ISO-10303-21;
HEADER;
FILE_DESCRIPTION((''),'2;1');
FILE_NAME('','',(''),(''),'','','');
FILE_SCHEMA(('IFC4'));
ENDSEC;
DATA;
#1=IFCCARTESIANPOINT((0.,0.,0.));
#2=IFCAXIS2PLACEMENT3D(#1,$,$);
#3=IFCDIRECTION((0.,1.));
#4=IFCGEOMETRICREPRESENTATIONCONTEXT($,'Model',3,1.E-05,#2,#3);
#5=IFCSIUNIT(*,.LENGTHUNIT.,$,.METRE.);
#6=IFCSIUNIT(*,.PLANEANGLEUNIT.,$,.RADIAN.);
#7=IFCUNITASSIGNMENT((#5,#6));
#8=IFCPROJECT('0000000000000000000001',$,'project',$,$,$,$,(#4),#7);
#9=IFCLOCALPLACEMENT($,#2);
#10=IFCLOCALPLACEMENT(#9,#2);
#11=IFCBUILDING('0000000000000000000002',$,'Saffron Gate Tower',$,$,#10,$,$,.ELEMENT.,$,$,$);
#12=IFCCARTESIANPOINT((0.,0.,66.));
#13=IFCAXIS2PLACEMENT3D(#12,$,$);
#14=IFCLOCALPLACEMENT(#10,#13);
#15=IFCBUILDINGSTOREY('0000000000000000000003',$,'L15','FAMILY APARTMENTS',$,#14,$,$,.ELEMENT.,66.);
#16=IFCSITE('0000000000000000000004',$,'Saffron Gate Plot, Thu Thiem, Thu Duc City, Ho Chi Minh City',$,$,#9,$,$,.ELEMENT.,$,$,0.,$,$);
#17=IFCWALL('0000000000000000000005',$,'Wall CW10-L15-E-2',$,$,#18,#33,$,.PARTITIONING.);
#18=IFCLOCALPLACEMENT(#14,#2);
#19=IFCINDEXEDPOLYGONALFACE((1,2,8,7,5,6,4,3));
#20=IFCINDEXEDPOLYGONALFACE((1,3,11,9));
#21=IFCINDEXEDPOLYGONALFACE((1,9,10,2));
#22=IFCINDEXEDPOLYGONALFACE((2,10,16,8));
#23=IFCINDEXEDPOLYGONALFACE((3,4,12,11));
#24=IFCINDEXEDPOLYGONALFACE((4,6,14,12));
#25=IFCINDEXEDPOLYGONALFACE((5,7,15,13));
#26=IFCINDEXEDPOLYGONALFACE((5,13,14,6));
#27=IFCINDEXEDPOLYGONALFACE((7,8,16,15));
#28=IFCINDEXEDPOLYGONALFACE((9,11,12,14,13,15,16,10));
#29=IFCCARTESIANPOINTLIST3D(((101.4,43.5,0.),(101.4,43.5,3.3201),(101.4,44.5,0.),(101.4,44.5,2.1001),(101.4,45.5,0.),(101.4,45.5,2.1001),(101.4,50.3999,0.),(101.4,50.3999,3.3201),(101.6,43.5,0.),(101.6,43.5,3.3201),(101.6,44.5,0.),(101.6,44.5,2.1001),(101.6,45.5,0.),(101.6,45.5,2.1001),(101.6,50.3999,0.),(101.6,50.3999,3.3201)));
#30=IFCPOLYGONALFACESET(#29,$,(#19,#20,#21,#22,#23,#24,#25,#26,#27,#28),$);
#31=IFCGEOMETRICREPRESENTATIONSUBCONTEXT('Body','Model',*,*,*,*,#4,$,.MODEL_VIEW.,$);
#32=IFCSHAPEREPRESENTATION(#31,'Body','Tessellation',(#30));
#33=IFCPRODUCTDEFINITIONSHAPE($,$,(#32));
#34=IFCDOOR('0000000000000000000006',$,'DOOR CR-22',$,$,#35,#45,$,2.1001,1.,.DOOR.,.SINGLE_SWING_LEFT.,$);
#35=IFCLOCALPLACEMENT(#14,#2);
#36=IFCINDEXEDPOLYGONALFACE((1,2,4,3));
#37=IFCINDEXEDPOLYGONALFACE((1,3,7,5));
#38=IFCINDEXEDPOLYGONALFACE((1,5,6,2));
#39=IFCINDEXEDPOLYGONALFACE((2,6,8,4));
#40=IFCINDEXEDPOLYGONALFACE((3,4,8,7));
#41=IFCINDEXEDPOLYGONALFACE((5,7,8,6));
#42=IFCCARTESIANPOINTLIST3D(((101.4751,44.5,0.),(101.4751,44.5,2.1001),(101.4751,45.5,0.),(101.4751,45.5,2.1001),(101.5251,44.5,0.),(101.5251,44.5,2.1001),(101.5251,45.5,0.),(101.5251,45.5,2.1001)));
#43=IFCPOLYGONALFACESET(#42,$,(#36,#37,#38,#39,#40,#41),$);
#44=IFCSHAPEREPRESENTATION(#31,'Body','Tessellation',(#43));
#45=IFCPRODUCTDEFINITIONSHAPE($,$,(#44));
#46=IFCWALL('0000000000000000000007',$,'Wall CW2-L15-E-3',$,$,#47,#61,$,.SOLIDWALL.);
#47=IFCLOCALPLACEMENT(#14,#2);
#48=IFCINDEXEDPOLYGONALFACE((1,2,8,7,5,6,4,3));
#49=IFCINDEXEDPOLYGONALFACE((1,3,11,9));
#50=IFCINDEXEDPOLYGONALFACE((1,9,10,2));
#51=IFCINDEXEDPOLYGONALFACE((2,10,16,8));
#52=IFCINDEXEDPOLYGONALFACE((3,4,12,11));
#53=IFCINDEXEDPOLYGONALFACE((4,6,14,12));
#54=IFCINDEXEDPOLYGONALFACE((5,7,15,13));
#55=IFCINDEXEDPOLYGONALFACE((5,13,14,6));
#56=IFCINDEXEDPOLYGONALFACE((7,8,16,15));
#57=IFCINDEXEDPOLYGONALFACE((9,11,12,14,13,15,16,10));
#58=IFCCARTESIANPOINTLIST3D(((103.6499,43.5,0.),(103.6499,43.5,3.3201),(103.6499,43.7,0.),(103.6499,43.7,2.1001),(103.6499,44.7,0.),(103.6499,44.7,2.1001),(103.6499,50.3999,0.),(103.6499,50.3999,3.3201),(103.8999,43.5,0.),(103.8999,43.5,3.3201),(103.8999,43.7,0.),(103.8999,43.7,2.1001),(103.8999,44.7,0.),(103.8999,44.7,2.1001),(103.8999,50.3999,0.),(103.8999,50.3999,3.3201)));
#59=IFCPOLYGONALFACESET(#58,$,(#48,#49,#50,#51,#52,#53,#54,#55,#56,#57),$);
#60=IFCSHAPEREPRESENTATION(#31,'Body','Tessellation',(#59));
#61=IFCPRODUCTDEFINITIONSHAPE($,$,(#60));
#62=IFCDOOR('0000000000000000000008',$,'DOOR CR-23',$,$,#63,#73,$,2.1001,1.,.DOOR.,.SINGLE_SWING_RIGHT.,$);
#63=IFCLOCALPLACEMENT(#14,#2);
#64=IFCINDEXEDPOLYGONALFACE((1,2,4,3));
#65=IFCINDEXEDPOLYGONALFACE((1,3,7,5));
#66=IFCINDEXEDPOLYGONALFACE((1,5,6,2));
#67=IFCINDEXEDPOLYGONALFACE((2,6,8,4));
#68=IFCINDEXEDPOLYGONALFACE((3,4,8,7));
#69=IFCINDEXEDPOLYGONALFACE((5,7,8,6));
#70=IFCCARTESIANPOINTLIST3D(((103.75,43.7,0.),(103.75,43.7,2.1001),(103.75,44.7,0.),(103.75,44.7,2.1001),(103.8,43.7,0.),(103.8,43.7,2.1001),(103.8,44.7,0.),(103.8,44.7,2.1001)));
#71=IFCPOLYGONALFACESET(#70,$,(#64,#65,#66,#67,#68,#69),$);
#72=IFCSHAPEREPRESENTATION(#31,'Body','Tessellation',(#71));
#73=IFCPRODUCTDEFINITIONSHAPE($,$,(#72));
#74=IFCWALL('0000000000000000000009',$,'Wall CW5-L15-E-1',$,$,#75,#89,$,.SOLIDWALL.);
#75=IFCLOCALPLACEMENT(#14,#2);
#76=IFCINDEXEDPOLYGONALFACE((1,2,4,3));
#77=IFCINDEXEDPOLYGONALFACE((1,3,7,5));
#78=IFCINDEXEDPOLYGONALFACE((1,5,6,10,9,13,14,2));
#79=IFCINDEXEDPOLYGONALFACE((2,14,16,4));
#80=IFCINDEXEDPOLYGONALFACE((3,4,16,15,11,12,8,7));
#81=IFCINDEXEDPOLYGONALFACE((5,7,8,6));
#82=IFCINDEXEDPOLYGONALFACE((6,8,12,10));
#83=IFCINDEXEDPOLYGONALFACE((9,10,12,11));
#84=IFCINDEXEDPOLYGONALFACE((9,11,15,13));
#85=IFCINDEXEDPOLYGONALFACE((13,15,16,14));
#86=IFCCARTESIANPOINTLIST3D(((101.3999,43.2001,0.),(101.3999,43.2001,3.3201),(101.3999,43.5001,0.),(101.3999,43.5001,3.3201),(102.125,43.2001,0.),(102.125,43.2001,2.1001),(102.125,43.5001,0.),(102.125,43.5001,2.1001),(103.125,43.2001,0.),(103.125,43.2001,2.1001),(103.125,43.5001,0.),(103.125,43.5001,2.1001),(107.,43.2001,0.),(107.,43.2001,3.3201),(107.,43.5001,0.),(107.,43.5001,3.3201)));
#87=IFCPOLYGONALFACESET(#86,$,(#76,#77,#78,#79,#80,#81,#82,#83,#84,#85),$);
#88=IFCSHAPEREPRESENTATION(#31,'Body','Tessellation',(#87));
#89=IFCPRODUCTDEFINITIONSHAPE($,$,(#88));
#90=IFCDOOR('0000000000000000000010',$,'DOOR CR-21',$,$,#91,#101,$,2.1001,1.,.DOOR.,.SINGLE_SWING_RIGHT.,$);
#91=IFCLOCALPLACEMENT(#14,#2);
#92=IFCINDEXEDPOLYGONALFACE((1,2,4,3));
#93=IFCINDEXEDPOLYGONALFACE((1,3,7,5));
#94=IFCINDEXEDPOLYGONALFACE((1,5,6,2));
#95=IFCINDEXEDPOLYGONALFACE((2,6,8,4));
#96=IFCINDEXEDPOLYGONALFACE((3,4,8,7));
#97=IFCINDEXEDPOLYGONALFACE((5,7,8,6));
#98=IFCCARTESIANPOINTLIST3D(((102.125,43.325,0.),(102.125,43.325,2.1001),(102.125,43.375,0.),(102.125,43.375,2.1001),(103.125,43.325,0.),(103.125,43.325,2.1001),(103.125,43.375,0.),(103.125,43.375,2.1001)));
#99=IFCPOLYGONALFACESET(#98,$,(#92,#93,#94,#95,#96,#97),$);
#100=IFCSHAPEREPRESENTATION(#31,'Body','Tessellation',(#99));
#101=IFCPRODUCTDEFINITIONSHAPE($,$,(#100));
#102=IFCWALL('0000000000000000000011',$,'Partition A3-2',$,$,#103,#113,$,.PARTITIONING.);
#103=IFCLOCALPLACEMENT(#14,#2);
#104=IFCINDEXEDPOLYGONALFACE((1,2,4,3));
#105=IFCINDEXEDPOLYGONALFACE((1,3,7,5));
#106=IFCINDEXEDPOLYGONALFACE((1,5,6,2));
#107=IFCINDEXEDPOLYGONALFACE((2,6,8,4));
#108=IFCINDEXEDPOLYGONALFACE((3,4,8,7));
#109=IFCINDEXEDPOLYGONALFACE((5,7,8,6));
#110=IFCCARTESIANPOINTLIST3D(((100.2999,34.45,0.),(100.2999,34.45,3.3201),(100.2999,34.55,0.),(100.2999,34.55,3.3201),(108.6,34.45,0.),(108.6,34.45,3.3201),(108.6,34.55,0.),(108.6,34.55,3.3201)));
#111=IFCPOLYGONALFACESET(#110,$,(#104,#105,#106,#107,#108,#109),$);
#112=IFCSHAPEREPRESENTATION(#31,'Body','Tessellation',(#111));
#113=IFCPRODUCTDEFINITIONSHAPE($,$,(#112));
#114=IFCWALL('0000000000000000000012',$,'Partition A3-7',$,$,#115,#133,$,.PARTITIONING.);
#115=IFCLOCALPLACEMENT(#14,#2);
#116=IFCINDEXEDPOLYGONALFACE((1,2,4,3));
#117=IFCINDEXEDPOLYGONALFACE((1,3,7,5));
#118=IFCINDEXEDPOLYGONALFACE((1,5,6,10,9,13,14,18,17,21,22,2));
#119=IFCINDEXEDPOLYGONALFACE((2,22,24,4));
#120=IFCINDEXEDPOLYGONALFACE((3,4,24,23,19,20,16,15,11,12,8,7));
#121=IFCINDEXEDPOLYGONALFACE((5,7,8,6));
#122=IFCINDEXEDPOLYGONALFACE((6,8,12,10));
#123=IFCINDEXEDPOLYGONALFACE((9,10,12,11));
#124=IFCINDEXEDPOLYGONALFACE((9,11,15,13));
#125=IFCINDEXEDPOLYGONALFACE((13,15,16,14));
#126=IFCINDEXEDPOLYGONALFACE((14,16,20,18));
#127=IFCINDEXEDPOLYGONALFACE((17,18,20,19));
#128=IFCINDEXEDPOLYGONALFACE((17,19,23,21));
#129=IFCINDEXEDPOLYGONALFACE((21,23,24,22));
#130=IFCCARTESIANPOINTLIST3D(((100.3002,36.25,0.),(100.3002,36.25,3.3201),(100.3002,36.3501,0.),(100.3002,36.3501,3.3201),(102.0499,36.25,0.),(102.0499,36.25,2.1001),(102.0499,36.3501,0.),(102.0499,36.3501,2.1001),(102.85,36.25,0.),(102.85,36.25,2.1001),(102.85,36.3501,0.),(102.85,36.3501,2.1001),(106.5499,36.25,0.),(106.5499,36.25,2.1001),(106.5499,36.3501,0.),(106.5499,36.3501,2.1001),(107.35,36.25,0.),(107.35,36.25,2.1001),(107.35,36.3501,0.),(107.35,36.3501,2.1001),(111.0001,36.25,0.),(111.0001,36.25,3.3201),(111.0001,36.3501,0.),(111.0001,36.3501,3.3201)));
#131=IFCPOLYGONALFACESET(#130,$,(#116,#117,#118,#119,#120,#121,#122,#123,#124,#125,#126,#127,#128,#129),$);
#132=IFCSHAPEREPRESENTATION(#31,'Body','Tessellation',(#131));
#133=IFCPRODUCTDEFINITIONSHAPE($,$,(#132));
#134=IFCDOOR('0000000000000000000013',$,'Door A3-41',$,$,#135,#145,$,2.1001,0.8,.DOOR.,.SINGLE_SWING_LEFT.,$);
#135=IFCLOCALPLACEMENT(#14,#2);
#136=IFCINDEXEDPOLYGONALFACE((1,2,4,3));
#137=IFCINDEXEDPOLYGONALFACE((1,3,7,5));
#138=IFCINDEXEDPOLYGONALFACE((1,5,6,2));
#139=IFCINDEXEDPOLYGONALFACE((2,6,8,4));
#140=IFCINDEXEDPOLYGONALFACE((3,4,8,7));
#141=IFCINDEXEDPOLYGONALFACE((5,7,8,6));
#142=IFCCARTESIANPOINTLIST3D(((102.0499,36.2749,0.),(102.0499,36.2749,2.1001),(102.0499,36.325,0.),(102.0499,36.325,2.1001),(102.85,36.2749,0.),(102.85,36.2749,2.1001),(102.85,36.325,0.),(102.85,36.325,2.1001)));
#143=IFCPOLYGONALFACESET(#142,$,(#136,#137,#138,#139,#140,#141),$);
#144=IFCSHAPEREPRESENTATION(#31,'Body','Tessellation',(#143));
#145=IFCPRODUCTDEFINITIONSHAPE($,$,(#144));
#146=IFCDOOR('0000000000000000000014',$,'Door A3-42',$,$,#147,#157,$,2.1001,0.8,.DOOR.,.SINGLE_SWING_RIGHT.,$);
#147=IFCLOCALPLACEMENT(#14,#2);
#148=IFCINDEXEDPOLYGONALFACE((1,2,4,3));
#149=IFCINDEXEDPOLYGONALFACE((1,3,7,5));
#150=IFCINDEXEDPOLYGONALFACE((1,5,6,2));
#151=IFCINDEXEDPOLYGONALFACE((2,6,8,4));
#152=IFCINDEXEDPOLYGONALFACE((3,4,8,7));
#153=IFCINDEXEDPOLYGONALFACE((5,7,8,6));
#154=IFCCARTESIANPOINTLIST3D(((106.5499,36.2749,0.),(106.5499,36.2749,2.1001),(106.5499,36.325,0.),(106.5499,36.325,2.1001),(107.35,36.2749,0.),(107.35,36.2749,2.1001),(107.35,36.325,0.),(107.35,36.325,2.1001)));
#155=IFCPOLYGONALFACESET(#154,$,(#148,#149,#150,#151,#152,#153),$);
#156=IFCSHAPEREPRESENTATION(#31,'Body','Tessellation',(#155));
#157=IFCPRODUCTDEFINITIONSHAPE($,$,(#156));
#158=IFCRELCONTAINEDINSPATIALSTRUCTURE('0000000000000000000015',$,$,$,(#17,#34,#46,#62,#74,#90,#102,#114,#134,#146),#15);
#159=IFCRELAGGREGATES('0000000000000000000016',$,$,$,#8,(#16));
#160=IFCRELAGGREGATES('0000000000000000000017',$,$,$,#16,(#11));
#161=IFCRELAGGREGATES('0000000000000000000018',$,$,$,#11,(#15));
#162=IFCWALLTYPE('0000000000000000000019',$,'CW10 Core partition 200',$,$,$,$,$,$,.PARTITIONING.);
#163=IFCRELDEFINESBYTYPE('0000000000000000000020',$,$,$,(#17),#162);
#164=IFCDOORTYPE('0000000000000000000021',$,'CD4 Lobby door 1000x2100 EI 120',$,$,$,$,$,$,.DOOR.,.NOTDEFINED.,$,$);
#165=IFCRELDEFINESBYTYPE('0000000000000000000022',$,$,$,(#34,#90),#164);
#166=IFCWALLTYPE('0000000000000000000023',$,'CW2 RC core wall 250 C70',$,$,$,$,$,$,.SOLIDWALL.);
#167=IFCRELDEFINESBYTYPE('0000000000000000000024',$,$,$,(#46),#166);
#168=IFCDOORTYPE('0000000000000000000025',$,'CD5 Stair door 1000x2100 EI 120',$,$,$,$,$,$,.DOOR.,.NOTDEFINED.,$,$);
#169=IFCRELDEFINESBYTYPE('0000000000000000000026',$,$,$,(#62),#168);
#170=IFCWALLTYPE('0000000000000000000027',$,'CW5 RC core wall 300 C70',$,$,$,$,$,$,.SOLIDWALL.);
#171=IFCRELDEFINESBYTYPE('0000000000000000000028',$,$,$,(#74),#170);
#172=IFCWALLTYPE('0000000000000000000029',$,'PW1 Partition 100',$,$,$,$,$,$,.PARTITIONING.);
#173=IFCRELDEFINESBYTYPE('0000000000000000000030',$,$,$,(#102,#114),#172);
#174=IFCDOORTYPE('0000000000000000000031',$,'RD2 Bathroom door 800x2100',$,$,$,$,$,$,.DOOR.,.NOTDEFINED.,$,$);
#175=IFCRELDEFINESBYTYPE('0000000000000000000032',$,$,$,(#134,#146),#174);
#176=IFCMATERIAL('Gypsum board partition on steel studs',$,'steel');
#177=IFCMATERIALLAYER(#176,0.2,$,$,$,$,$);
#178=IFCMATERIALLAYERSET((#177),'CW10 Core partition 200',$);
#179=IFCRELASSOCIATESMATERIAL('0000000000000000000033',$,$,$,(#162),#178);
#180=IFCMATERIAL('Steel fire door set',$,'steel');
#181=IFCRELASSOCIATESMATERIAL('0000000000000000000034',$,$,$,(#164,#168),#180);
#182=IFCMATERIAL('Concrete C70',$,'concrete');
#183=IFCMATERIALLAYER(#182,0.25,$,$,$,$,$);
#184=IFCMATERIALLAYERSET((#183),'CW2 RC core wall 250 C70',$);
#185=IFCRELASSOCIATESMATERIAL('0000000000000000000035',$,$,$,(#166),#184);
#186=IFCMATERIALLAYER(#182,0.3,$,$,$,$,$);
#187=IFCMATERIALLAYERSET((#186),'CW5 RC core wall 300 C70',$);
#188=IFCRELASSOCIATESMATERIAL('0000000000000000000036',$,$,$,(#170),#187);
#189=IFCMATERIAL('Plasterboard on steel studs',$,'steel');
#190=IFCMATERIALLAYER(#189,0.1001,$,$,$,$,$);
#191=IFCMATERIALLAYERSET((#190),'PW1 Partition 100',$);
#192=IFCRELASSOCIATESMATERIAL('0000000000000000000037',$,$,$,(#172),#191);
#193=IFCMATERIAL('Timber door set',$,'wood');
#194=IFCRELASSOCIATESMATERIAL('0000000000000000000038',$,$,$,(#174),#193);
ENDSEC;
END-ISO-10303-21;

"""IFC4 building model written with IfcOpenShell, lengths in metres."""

from ifc_helpers import new_model, si_unit, direction, frame, frame_2d, origin, place, context, subcontext, project, spatial, rectangle, extrude, material, layer, layer_set, type_object, element, fill, save


model = new_model("IFC4")

# Units and contexts
model_context = context("Model", 3, precision=1e-05, world=origin(), true_north=direction((0.0, 1.0)))
body_context = subcontext(model_context, "Body", "Model", "MODEL_VIEW")
ifc_project = project(units=[si_unit("LENGTHUNIT", "METRE"), si_unit("PLANEANGLEUNIT", "RADIAN")], contexts=[model_context])

# Site, building, storey
site_placement = place(None, origin())
site = spatial("IfcSite", under=ifc_project, at=site_placement, Name="Saffron Gate Plot, Thu Thiem, Thu Duc City, Ho Chi Minh City", CompositionType="ELEMENT", RefElevation=0.0)
building_placement = place(site_placement, origin())
building = spatial("IfcBuilding", under=site, at=building_placement, Name="Saffron Gate Tower", CompositionType="ELEMENT")
storey_placement = place(building_placement, frame((0.0, 0.0, 66.0)))
storey = spatial("IfcBuildingStorey", under=building, at=storey_placement, Name="L15", Description="FAMILY APARTMENTS", CompositionType="ELEMENT", Elevation=66.0)

# Walls, openings, doors
ifc_material_1 = material(Name="Gypsum board partition on steel studs", Category="steel")
ifc_layer_1 = layer(ifc_material_1, 0.2)
ifc_layer_set_1 = layer_set([ifc_layer_1], Name="CW10 Core partition 200")
wall_type_1 = type_object("IfcWallType", Name="CW10 Core partition 200", PredefinedType="PARTITIONING", material=ifc_layer_set_1)
wall_1_placement = place(storey_placement, frame((101.5, 43.5, 0.0), z_axis=(0.0, 0.0, 1.0), x_axis=(0.0, 1.0, 0.0)))
wall_1 = element("IfcWall", 1, at=wall_1_placement, inside=storey, type_object=wall_type_1, Name="Wall CW10-L15-E-2", PredefinedType="PARTITIONING", context=body_context, shape_type="SweptSolid", body=[
    extrude(rectangle(XDim=6.8999, YDim=0.2, at=frame_2d((3.45, 0.0))), origin(), (0.0, 0.0, 1.0), 3.3201),
])
opening_1_placement = place(wall_1_placement, frame((1.0, 0.0, 0.0)))
opening_1 = element("IfcOpeningElement", 2, at=opening_1_placement, cuts=wall_1, PredefinedType="OPENING", context=body_context, shape_type="SweptSolid", body=[
    extrude(rectangle(XDim=1.0, YDim=2.1001, at=frame_2d((0.5, 1.05))), frame((0.0, 0.1099, 0.0), z_axis=(0.0, -1.0, 0.0), x_axis=(1.0, 0.0, 0.0)), (0.0, 0.0, 1.0), 0.22),
])
ifc_material_2 = material(Name="Steel fire door set", Category="steel")
door_type_1 = type_object("IfcDoorType", Name="CD4 Lobby door 1000x2100 EI 120", OperationType="NOTDEFINED", PredefinedType="DOOR", material=ifc_material_2)
door_1_placement = place(opening_1_placement, origin())
door_1 = element("IfcDoor", 3, at=door_1_placement, inside=storey, type_object=door_type_1, Name="DOOR CR-22", OperationType="SINGLE_SWING_LEFT", OverallHeight=2.1001, OverallWidth=1.0, PredefinedType="DOOR", context=body_context, shape_type="SweptSolid", body=[
    extrude(rectangle(XDim=1.0, YDim=2.1001, at=frame_2d((0.5, 1.05))), frame((0.0, 0.0249, 0.0), z_axis=(0.0, -1.0, 0.0), x_axis=(1.0, 0.0, 0.0)), (0.0, 0.0, 1.0), 0.05),
])
fill(opening_1, door_1)
ifc_material_3 = material(Name="Concrete C70", Category="concrete")
ifc_layer_2 = layer(ifc_material_3, 0.25)
ifc_layer_set_2 = layer_set([ifc_layer_2], Name="CW2 RC core wall 250 C70")
wall_type_2 = type_object("IfcWallType", Name="CW2 RC core wall 250 C70", PredefinedType="SOLIDWALL", material=ifc_layer_set_2)
wall_2_placement = place(storey_placement, frame((103.7749, 43.5, 0.0), z_axis=(0.0, 0.0, 1.0), x_axis=(0.0, 1.0, 0.0)))
wall_2 = element("IfcWall", 4, at=wall_2_placement, inside=storey, type_object=wall_type_2, Name="Wall CW2-L15-E-3", PredefinedType="SOLIDWALL", context=body_context, shape_type="SweptSolid", body=[
    extrude(rectangle(XDim=6.8999, YDim=0.25, at=frame_2d((3.45, 0.0))), origin(), (0.0, 0.0, 1.0), 3.3201),
])
opening_2_placement = place(wall_2_placement, frame((0.2, 0.0, 0.0)))
opening_2 = element("IfcOpeningElement", 5, at=opening_2_placement, cuts=wall_2, PredefinedType="OPENING", context=body_context, shape_type="SweptSolid", body=[
    extrude(rectangle(XDim=1.0, YDim=2.1001, at=frame_2d((0.5, 1.05))), frame((0.0, 0.135, 0.0), z_axis=(0.0, -1.0, 0.0), x_axis=(1.0, 0.0, 0.0)), (0.0, 0.0, 1.0), 0.27),
])
door_type_2 = type_object("IfcDoorType", Name="CD5 Stair door 1000x2100 EI 120", OperationType="NOTDEFINED", PredefinedType="DOOR", material=ifc_material_2)
door_2_placement = place(opening_2_placement, origin())
door_2 = element("IfcDoor", 6, at=door_2_placement, inside=storey, type_object=door_type_2, Name="DOOR CR-23", OperationType="SINGLE_SWING_RIGHT", OverallHeight=2.1001, OverallWidth=1.0, PredefinedType="DOOR", context=body_context, shape_type="SweptSolid", body=[
    extrude(rectangle(XDim=1.0, YDim=2.1001, at=frame_2d((0.5, 1.05))), frame((0.0, 0.0249, 0.0), z_axis=(0.0, -1.0, 0.0), x_axis=(1.0, 0.0, 0.0)), (0.0, 0.0, 1.0), 0.05),
])
fill(opening_2, door_2)
ifc_layer_3 = layer(ifc_material_3, 0.3)
ifc_layer_set_3 = layer_set([ifc_layer_3], Name="CW5 RC core wall 300 C70")
wall_type_3 = type_object("IfcWallType", Name="CW5 RC core wall 300 C70", PredefinedType="SOLIDWALL", material=ifc_layer_set_3)
wall_3_placement = place(storey_placement, frame((101.3999, 43.3501, 0.0), z_axis=(0.0, 0.0, 1.0), x_axis=(1.0, 0.0, 0.0)))
wall_3 = element("IfcWall", 7, at=wall_3_placement, inside=storey, type_object=wall_type_3, Name="Wall CW5-L15-E-1", PredefinedType="SOLIDWALL", context=body_context, shape_type="SweptSolid", body=[
    extrude(rectangle(XDim=5.6001, YDim=0.3, at=frame_2d((2.8, 0.0))), origin(), (0.0, 0.0, 1.0), 3.3201),
])
opening_3_placement = place(wall_3_placement, frame((0.7251, 0.0, 0.0)))
opening_3 = element("IfcOpeningElement", 8, at=opening_3_placement, cuts=wall_3, PredefinedType="OPENING", context=body_context, shape_type="SweptSolid", body=[
    extrude(rectangle(XDim=1.0, YDim=2.1001, at=frame_2d((0.5, 1.05))), frame((0.0, 0.1602, 0.0), z_axis=(0.0, -1.0, 0.0), x_axis=(1.0, 0.0, 0.0)), (0.0, 0.0, 1.0), 0.3201),
])
door_3_placement = place(opening_3_placement, origin())
door_3 = element("IfcDoor", 9, at=door_3_placement, inside=storey, type_object=door_type_1, Name="DOOR CR-21", OperationType="SINGLE_SWING_RIGHT", OverallHeight=2.1001, OverallWidth=1.0, PredefinedType="DOOR", context=body_context, shape_type="SweptSolid", body=[
    extrude(rectangle(XDim=1.0, YDim=2.1001, at=frame_2d((0.5, 1.05))), frame((0.0, 0.0249, 0.0), z_axis=(0.0, -1.0, 0.0), x_axis=(1.0, 0.0, 0.0)), (0.0, 0.0, 1.0), 0.05),
])
fill(opening_3, door_3)

# Wall
ifc_material_4 = material(Name="Plasterboard on steel studs", Category="steel")
ifc_layer_4 = layer(ifc_material_4, 0.1001)
ifc_layer_set_4 = layer_set([ifc_layer_4], Name="PW1 Partition 100")
wall_type_4 = type_object("IfcWallType", Name="PW1 Partition 100", PredefinedType="PARTITIONING", material=ifc_layer_set_4)
wall_4_placement = place(storey_placement, frame((100.3, 34.5, 0.0), z_axis=(0.0, 0.0, 1.0), x_axis=(1.0, 0.0, 0.0)))
element("IfcWall", 10, at=wall_4_placement, inside=storey, type_object=wall_type_4, Name="Partition A3-2", PredefinedType="PARTITIONING", context=body_context, shape_type="SweptSolid", body=[
    extrude(rectangle(XDim=8.3, YDim=0.1001, at=frame_2d((4.1499, 0.0))), origin(), (0.0, 0.0, 1.0), 3.3201),
])

# Wall, openings, doors
wall_5_placement = place(storey_placement, frame((100.3, 36.3, 0.0), z_axis=(0.0, 0.0, 1.0), x_axis=(1.0, 0.0, 0.0)))
wall_5 = element("IfcWall", 11, at=wall_5_placement, inside=storey, type_object=wall_type_4, Name="Partition A3-7", PredefinedType="PARTITIONING", context=body_context, shape_type="SweptSolid", body=[
    extrude(rectangle(XDim=10.7, YDim=0.1001, at=frame_2d((5.3501, 0.0))), origin(), (0.0, 0.0, 1.0), 3.3201),
])
opening_4_placement = place(wall_5_placement, frame((1.75, 0.0, 0.0)))
opening_4 = element("IfcOpeningElement", 12, at=opening_4_placement, cuts=wall_5, PredefinedType="OPENING", context=body_context, shape_type="SweptSolid", body=[
    extrude(rectangle(XDim=0.8, YDim=2.1001, at=frame_2d((0.3999, 1.05))), frame((0.0, 0.0601, 0.0), z_axis=(0.0, -1.0, 0.0), x_axis=(1.0, 0.0, 0.0)), (0.0, 0.0, 1.0), 0.1201),
])
opening_5_placement = place(wall_5_placement, frame((6.25, 0.0, 0.0)))
opening_5 = element("IfcOpeningElement", 13, at=opening_5_placement, cuts=wall_5, PredefinedType="OPENING", context=body_context, shape_type="SweptSolid", body=[
    extrude(rectangle(XDim=0.8, YDim=2.1001, at=frame_2d((0.3999, 1.05))), frame((0.0, 0.0601, 0.0), z_axis=(0.0, -1.0, 0.0), x_axis=(1.0, 0.0, 0.0)), (0.0, 0.0, 1.0), 0.1201),
])
ifc_material_5 = material(Name="Timber door set", Category="wood")
door_type_3 = type_object("IfcDoorType", Name="RD2 Bathroom door 800x2100", OperationType="NOTDEFINED", PredefinedType="DOOR", material=ifc_material_5)
door_4_placement = place(opening_4_placement, origin())
door_4 = element("IfcDoor", 14, at=door_4_placement, inside=storey, type_object=door_type_3, Name="Door A3-41", OperationType="SINGLE_SWING_LEFT", OverallHeight=2.1001, OverallWidth=0.8, PredefinedType="DOOR", context=body_context, shape_type="SweptSolid", body=[
    extrude(rectangle(XDim=0.8, YDim=2.1001, at=frame_2d((0.3999, 1.05))), frame((0.0, 0.0249, 0.0), z_axis=(0.0, -1.0, 0.0), x_axis=(1.0, 0.0, 0.0)), (0.0, 0.0, 1.0), 0.05),
])
fill(opening_4, door_4)
door_5_placement = place(opening_5_placement, origin())
door_5 = element("IfcDoor", 15, at=door_5_placement, inside=storey, type_object=door_type_3, Name="Door A3-42", OperationType="SINGLE_SWING_RIGHT", OverallHeight=2.1001, OverallWidth=0.8, PredefinedType="DOOR", context=body_context, shape_type="SweptSolid", body=[
    extrude(rectangle(XDim=0.8, YDim=2.1001, at=frame_2d((0.3999, 1.05))), frame((0.0, 0.0249, 0.0), z_axis=(0.0, -1.0, 0.0), x_axis=(1.0, 0.0, 0.0)), (0.0, 0.0, 1.0), 0.05),
])
fill(opening_5, door_5)

save(model, "model.ifc")
